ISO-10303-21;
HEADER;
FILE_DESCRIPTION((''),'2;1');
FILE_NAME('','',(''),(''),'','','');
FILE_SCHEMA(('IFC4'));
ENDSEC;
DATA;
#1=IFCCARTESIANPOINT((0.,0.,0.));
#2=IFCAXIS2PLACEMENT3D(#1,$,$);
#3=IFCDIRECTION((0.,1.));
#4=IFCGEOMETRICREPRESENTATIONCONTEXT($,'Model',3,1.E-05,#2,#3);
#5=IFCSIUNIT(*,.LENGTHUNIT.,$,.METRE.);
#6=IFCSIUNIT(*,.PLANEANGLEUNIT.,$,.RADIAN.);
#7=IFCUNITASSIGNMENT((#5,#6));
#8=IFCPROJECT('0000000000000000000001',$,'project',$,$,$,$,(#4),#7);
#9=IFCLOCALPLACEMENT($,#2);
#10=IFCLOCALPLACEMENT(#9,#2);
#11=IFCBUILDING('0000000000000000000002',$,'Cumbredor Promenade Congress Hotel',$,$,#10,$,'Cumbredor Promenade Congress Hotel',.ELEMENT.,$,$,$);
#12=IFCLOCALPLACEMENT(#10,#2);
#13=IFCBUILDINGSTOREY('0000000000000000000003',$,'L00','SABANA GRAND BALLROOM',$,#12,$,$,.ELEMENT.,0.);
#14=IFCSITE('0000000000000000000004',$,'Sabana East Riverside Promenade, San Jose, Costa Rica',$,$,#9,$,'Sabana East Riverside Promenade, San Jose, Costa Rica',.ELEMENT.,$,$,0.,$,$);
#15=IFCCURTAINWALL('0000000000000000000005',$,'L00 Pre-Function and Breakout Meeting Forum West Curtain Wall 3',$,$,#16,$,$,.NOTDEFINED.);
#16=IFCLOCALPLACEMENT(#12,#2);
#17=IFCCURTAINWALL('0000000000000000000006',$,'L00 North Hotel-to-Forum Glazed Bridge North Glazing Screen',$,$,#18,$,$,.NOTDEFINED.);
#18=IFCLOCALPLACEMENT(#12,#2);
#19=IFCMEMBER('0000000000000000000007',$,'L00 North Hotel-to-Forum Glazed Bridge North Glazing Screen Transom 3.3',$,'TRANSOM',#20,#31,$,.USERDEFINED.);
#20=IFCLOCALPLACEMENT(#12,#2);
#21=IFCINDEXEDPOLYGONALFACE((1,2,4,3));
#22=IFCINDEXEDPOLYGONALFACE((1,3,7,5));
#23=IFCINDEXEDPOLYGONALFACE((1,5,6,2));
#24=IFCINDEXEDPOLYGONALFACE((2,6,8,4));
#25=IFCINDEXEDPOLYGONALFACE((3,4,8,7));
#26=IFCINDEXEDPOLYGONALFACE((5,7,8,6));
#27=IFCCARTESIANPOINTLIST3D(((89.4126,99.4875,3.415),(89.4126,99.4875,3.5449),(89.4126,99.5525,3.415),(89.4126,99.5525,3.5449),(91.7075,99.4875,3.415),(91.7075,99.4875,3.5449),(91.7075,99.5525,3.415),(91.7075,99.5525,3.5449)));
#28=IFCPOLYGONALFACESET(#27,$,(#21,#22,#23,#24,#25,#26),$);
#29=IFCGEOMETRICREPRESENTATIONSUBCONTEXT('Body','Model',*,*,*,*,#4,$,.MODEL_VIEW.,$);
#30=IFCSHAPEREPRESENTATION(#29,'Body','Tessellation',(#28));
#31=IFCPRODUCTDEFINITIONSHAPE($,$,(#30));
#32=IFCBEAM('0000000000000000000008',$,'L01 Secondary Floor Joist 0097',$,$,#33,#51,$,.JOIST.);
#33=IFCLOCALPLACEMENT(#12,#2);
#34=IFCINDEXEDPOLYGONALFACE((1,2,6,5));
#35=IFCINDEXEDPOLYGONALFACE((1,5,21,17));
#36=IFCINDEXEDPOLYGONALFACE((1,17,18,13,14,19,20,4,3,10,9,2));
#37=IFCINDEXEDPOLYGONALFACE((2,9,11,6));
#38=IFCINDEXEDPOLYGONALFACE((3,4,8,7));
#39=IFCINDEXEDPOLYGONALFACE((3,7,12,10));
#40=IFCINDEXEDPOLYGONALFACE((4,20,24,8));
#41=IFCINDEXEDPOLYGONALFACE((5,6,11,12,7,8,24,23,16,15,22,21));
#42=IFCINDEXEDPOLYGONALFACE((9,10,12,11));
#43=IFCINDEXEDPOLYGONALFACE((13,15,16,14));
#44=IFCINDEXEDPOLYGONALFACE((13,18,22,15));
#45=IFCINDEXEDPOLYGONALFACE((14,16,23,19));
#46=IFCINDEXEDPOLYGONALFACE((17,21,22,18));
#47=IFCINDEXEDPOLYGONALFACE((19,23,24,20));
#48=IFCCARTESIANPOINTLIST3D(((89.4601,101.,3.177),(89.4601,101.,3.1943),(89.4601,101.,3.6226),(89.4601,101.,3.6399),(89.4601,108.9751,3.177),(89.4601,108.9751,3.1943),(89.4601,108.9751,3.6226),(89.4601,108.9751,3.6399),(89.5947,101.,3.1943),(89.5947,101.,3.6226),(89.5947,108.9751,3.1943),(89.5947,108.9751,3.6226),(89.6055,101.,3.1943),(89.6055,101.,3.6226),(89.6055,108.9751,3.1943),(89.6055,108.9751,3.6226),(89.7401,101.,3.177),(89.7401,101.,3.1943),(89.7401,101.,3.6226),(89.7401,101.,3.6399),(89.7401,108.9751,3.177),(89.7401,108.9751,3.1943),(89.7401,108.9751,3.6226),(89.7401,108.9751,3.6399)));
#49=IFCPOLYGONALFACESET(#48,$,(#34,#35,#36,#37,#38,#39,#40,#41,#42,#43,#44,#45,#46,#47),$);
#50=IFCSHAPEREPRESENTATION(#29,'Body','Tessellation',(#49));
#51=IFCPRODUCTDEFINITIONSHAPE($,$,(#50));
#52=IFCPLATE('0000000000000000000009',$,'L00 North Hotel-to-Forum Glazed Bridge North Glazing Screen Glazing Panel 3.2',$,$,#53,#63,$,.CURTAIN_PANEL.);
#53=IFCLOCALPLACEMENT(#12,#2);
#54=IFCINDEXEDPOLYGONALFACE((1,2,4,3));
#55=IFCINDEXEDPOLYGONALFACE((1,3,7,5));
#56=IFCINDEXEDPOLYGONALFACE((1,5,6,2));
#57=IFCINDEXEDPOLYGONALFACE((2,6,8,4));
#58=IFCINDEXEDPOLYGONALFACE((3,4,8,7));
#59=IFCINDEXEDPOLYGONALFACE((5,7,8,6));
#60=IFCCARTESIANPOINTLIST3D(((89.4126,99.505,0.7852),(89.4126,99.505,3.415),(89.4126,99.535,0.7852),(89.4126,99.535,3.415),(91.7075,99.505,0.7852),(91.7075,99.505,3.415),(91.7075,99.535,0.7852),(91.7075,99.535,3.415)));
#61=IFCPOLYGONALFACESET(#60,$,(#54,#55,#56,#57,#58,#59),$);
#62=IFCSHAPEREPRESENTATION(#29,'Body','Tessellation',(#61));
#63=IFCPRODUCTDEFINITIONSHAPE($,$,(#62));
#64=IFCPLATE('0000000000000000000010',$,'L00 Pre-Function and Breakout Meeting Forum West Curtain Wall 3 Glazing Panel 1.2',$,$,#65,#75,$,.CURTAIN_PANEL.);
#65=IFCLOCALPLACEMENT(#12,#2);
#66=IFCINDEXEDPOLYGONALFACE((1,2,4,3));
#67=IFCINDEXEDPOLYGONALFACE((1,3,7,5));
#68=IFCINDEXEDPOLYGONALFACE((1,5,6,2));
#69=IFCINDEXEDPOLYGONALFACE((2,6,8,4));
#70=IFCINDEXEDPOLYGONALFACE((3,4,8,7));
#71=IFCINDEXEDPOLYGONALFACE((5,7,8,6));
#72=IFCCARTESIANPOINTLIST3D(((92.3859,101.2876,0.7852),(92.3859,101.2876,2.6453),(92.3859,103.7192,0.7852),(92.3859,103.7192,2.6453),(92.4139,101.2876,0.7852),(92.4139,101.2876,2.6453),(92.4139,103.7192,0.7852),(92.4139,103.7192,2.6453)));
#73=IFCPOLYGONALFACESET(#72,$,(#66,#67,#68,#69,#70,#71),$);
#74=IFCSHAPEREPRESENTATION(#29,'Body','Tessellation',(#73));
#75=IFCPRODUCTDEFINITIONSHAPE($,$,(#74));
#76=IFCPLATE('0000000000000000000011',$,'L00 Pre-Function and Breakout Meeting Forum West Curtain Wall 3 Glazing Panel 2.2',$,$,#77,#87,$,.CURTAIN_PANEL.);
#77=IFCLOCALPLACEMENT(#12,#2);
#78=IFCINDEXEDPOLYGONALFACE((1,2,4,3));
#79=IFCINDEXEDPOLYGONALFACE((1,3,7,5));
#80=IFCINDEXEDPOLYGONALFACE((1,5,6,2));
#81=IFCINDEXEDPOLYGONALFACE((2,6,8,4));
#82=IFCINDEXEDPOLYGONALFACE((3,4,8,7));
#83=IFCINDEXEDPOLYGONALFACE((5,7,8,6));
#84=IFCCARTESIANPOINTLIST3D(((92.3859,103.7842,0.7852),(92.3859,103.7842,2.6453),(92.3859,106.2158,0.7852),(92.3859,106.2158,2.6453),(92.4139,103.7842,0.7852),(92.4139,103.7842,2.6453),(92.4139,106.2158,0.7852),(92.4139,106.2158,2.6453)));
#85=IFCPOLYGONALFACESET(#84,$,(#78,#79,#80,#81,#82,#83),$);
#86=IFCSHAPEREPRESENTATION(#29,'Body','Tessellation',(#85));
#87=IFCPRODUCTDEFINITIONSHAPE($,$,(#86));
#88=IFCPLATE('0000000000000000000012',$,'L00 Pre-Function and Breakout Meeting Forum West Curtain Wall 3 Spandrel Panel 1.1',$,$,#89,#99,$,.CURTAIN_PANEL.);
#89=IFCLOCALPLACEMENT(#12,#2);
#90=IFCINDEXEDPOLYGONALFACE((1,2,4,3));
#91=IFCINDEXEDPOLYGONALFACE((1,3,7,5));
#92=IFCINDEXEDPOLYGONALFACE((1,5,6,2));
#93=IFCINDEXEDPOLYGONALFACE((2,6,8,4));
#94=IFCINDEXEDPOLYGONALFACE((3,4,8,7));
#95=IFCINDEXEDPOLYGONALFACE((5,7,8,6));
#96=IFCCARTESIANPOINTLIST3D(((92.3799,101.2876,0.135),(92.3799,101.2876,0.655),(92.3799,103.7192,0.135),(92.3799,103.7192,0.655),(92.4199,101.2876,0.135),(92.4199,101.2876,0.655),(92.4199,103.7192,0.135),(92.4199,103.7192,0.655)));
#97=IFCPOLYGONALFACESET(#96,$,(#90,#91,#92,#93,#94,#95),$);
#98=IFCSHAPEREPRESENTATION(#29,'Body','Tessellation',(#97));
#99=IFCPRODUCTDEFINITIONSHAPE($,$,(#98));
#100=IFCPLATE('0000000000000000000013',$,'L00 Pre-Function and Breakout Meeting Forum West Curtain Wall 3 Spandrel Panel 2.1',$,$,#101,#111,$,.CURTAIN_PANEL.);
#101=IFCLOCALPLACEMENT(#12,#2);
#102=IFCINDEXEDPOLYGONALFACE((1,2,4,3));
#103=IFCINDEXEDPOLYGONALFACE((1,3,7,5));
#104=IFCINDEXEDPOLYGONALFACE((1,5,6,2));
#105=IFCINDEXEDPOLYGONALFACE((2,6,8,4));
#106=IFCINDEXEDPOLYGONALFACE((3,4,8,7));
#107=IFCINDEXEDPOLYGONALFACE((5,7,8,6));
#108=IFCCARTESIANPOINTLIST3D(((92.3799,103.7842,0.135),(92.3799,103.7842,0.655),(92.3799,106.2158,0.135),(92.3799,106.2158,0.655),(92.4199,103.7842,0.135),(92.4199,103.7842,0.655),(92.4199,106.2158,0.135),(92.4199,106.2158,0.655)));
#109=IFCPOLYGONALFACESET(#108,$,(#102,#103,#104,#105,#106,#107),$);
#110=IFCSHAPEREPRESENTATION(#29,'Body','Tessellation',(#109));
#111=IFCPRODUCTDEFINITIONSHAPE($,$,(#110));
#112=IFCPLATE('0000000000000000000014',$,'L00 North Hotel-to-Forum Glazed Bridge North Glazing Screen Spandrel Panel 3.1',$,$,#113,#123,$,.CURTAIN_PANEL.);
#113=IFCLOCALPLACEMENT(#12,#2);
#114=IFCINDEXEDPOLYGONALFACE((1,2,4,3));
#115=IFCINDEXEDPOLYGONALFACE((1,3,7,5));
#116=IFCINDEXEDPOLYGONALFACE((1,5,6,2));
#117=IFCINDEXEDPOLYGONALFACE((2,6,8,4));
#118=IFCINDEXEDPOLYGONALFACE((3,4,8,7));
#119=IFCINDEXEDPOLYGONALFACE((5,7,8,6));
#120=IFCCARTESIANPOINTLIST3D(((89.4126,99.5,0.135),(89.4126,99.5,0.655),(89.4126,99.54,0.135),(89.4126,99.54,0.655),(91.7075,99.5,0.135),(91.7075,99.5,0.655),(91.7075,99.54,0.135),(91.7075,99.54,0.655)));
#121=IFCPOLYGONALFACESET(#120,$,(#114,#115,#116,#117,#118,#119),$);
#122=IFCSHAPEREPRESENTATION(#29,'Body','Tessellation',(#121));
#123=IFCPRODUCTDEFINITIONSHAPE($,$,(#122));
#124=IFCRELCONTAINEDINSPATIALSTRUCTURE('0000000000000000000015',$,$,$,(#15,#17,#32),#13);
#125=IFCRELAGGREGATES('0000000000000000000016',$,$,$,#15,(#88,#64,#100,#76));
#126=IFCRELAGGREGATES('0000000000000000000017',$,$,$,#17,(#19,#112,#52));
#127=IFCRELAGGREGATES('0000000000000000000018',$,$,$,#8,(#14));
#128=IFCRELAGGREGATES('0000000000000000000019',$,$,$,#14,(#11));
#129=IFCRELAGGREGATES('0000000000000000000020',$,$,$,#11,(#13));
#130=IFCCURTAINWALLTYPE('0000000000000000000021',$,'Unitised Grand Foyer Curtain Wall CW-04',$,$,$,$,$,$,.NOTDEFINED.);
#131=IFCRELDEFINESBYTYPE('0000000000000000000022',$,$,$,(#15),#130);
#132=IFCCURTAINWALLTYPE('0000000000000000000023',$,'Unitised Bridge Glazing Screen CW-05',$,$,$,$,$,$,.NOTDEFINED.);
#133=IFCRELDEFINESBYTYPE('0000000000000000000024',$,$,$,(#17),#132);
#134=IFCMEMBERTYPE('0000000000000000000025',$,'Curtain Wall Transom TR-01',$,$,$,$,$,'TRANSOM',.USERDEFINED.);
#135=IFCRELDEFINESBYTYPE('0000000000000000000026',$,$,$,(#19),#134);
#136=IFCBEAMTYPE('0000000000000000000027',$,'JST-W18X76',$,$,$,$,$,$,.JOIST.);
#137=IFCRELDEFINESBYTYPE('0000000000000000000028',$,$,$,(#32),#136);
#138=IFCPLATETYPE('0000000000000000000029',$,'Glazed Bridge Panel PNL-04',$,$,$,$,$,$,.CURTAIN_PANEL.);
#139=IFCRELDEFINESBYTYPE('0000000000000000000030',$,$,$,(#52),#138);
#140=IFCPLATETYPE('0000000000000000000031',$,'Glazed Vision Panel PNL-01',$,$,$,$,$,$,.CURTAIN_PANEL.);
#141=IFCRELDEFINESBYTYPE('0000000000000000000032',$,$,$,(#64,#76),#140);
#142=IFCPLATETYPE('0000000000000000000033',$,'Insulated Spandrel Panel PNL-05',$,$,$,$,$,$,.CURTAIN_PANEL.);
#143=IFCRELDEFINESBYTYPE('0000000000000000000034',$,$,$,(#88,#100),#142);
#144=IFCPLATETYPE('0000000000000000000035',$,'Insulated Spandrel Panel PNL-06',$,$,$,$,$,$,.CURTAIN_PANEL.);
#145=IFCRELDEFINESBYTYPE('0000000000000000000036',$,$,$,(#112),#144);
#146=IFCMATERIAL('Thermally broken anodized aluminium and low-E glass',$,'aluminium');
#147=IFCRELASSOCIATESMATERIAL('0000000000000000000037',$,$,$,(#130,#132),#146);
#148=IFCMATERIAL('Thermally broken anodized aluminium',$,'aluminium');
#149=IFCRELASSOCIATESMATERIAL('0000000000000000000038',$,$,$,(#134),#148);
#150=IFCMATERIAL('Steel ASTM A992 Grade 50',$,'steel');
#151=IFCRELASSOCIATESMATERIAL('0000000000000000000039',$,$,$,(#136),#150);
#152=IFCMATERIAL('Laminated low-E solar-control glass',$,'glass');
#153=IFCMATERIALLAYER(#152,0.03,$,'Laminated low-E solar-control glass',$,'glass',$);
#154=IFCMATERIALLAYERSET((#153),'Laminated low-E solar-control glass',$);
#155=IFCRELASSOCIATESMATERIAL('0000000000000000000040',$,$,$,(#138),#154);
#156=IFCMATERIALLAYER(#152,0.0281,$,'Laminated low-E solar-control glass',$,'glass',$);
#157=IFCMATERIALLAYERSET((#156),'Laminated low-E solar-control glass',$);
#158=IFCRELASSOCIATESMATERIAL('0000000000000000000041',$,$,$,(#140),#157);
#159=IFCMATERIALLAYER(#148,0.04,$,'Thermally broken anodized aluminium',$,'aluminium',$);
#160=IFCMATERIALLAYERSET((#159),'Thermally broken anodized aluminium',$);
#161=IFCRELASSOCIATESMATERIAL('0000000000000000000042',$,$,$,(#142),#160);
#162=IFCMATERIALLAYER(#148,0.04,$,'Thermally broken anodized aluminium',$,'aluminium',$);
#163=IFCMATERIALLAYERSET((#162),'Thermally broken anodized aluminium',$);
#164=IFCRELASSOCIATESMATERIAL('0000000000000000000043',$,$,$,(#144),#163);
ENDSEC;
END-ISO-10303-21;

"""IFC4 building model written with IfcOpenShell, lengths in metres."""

from ifc_helpers import new_model, si_unit, direction, frame, origin, origin_2d, place, context, subcontext, project, spatial, rectangle, i_section, extrude, material, layer, layer_set, material_profile, profile_set, type_object, element, aggregate, save


model = new_model("IFC4")

# Units and contexts
model_context = context("Model", 3, precision=1e-05, world=origin(), true_north=direction((0.0, 1.0)))
body_context = subcontext(model_context, "Body", "Model", "MODEL_VIEW")
ifc_project = project(units=[si_unit("LENGTHUNIT", "METRE"), si_unit("PLANEANGLEUNIT", "RADIAN")], contexts=[model_context])

# Site, building, storey
site_placement = place(None, origin())
site = spatial("IfcSite", under=ifc_project, at=site_placement, Name="Sabana East Riverside Promenade, San Jose, Costa Rica", LongName="Sabana East Riverside Promenade, San Jose, Costa Rica", CompositionType="ELEMENT", RefElevation=0.0)
building_placement = place(site_placement, origin())
building = spatial("IfcBuilding", under=site, at=building_placement, Name="Cumbredor Promenade Congress Hotel", LongName="Cumbredor Promenade Congress Hotel", CompositionType="ELEMENT")
storey_placement = place(building_placement, origin())
storey = spatial("IfcBuildingStorey", under=building, at=storey_placement, Name="L00", Description="SABANA GRAND BALLROOM", CompositionType="ELEMENT", Elevation=0.0)

# Curtain wall
ifc_material_1 = material(Name="Thermally broken anodized aluminium and low-E glass", Category="aluminium")
curtain_wall_type_1 = type_object("IfcCurtainWallType", Name="Unitised Grand Foyer Curtain Wall CW-04", PredefinedType="NOTDEFINED", material=ifc_material_1)
curtain_wall_1_placement = place(storey_placement, origin())
curtain_wall_1 = element("IfcCurtainWall", 1, at=curtain_wall_1_placement, inside=storey, type_object=curtain_wall_type_1, Name="L00 Pre-Function and Breakout Meeting Forum West Curtain Wall 3", PredefinedType="NOTDEFINED")
ifc_material_2 = material(Name="Thermally broken anodized aluminium", Category="aluminium")

# Curtain wall
curtain_wall_type_2 = type_object("IfcCurtainWallType", Name="Unitised Bridge Glazing Screen CW-05", PredefinedType="NOTDEFINED", material=ifc_material_1)
curtain_wall_2_placement = place(storey_placement, origin())
curtain_wall_2 = element("IfcCurtainWall", 2, at=curtain_wall_2_placement, inside=storey, type_object=curtain_wall_type_2, Name="L00 North Hotel-to-Forum Glazed Bridge North Glazing Screen", PredefinedType="NOTDEFINED")

# Member
ifc_material_profile_1 = material_profile(ifc_material_2, rectangle(XDim=0.0649, YDim=0.1299, at=origin_2d()), Name="ALU TRANSOM 65x130")
ifc_profile_set_1 = profile_set([ifc_material_profile_1], Name="Thermally broken anodized aluminium")
member_type_1 = type_object("IfcMemberType", Name="Curtain Wall Transom TR-01", ElementType="TRANSOM", PredefinedType="USERDEFINED", material=ifc_profile_set_1)
member_1_placement = place(storey_placement, frame((89.4126, 99.52, 3.48), z_axis=(1.0, 0.0, 0.0), x_axis=(0.0, 1.0, 0.0)))
member_1 = element("IfcMember", 3, at=member_1_placement, type_object=member_type_1, Name="L00 North Hotel-to-Forum Glazed Bridge North Glazing Screen Transom 3.3", ObjectType="TRANSOM", PredefinedType="USERDEFINED", context=body_context, shape_type="SweptSolid", body=[
    extrude(rectangle(XDim=0.0649, YDim=0.1299, at=origin_2d()), origin(), (0.0, 0.0, 1.0), 2.2949),
])

# Beam
ifc_material_3 = material(Name="Steel ASTM A992 Grade 50", Category="steel")
ifc_material_profile_2 = material_profile(ifc_material_3, i_section(OverallWidth=0.28, OverallDepth=0.4629, WebThickness=0.0107, FlangeThickness=0.0173, at=origin_2d()), Name="W18X76")
ifc_profile_set_2 = profile_set([ifc_material_profile_2], Name="Steel ASTM A992 Grade 50")
beam_type_1 = type_object("IfcBeamType", Name="JST-W18X76", PredefinedType="JOIST", material=ifc_profile_set_2)
beam_1_placement = place(storey_placement, frame((89.6001, 101.0, 3.4084), z_axis=(0.0, 1.0, 0.0), x_axis=(-1.0, 0.0, 0.0)))
element("IfcBeam", 4, at=beam_1_placement, inside=storey, type_object=beam_type_1, Name="L01 Secondary Floor Joist 0097", PredefinedType="JOIST", context=body_context, shape_type="SweptSolid", body=[
    extrude(i_section(OverallWidth=0.28, OverallDepth=0.4629, WebThickness=0.0107, FlangeThickness=0.0173, at=origin_2d()), origin(), (0.0, 0.0, 1.0), 7.9751),
])

# Plates
ifc_material_4 = material(Name="Laminated low-E solar-control glass", Category="glass")
ifc_layer_1 = layer(ifc_material_4, 0.03, Name="Laminated low-E solar-control glass", Category="glass")
ifc_layer_set_1 = layer_set([ifc_layer_1], Name="Laminated low-E solar-control glass")
plate_type_1 = type_object("IfcPlateType", Name="Glazed Bridge Panel PNL-04", PredefinedType="CURTAIN_PANEL", material=ifc_layer_set_1)
plate_1_placement = place(storey_placement, frame((90.5601, 99.52, 0.7852), z_axis=(0.0, 0.0, 1.0), x_axis=(1.0, 0.0, 0.0)))
plate_1 = element("IfcPlate", 5, at=plate_1_placement, type_object=plate_type_1, Name="L00 North Hotel-to-Forum Glazed Bridge North Glazing Screen Glazing Panel 3.2", PredefinedType="CURTAIN_PANEL", context=body_context, shape_type="SweptSolid", body=[
    extrude(rectangle(XDim=2.2949, YDim=0.03, at=origin_2d()), origin(), (0.0, 0.0, 1.0), 2.6299),
])
ifc_layer_2 = layer(ifc_material_4, 0.0281, Name="Laminated low-E solar-control glass", Category="glass")
ifc_layer_set_2 = layer_set([ifc_layer_2], Name="Laminated low-E solar-control glass")
plate_type_2 = type_object("IfcPlateType", Name="Glazed Vision Panel PNL-01", PredefinedType="CURTAIN_PANEL", material=ifc_layer_set_2)
plate_2_placement = place(storey_placement, frame((92.3999, 102.5034, 0.7852), z_axis=(0.0, 0.0, 1.0), x_axis=(0.0, 1.0, 0.0)))
plate_2 = element("IfcPlate", 6, at=plate_2_placement, type_object=plate_type_2, Name="L00 Pre-Function and Breakout Meeting Forum West Curtain Wall 3 Glazing Panel 1.2", PredefinedType="CURTAIN_PANEL", context=body_context, shape_type="SweptSolid", body=[
    extrude(rectangle(XDim=2.4316, YDim=0.0281, at=origin_2d()), origin(), (0.0, 0.0, 1.0), 1.8601),
])
plate_3_placement = place(storey_placement, frame((92.3999, 105.0, 0.7852), z_axis=(0.0, 0.0, 1.0), x_axis=(0.0, 1.0, 0.0)))
plate_3 = element("IfcPlate", 7, at=plate_3_placement, type_object=plate_type_2, Name="L00 Pre-Function and Breakout Meeting Forum West Curtain Wall 3 Glazing Panel 2.2", PredefinedType="CURTAIN_PANEL", context=body_context, shape_type="SweptSolid", body=[
    extrude(rectangle(XDim=2.4316, YDim=0.0281, at=origin_2d()), origin(), (0.0, 0.0, 1.0), 1.8601),
])
ifc_layer_3 = layer(ifc_material_2, 0.04, Name="Thermally broken anodized aluminium", Category="aluminium")
ifc_layer_set_3 = layer_set([ifc_layer_3], Name="Thermally broken anodized aluminium")
plate_type_3 = type_object("IfcPlateType", Name="Insulated Spandrel Panel PNL-05", PredefinedType="CURTAIN_PANEL", material=ifc_layer_set_3)
plate_4_placement = place(storey_placement, frame((92.3999, 102.5034, 0.135), z_axis=(0.0, 0.0, 1.0), x_axis=(0.0, 1.0, 0.0)))
plate_4 = element("IfcPlate", 8, at=plate_4_placement, type_object=plate_type_3, Name="L00 Pre-Function and Breakout Meeting Forum West Curtain Wall 3 Spandrel Panel 1.1", PredefinedType="CURTAIN_PANEL", context=body_context, shape_type="SweptSolid", body=[
    extrude(rectangle(XDim=2.4316, YDim=0.04, at=origin_2d()), origin(), (0.0, 0.0, 1.0), 0.52),
])
plate_5_placement = place(storey_placement, frame((92.3999, 105.0, 0.135), z_axis=(0.0, 0.0, 1.0), x_axis=(0.0, 1.0, 0.0)))
plate_5 = element("IfcPlate", 9, at=plate_5_placement, type_object=plate_type_3, Name="L00 Pre-Function and Breakout Meeting Forum West Curtain Wall 3 Spandrel Panel 2.1", PredefinedType="CURTAIN_PANEL", context=body_context, shape_type="SweptSolid", body=[
    extrude(rectangle(XDim=2.4316, YDim=0.04, at=origin_2d()), origin(), (0.0, 0.0, 1.0), 0.52),
])
aggregate(curtain_wall_1, [plate_4, plate_2, plate_5, plate_3])
ifc_layer_4 = layer(ifc_material_2, 0.04, Name="Thermally broken anodized aluminium", Category="aluminium")
ifc_layer_set_4 = layer_set([ifc_layer_4], Name="Thermally broken anodized aluminium")
plate_type_4 = type_object("IfcPlateType", Name="Insulated Spandrel Panel PNL-06", PredefinedType="CURTAIN_PANEL", material=ifc_layer_set_4)
plate_6_placement = place(storey_placement, frame((90.5601, 99.52, 0.135), z_axis=(0.0, 0.0, 1.0), x_axis=(1.0, 0.0, 0.0)))
plate_6 = element("IfcPlate", 10, at=plate_6_placement, type_object=plate_type_4, Name="L00 North Hotel-to-Forum Glazed Bridge North Glazing Screen Spandrel Panel 3.1", PredefinedType="CURTAIN_PANEL", context=body_context, shape_type="SweptSolid", body=[
    extrude(rectangle(XDim=2.2949, YDim=0.04, at=origin_2d()), origin(), (0.0, 0.0, 1.0), 0.52),
])
aggregate(curtain_wall_2, [member_1, plate_6, plate_1])

save(model, "model.ifc")
